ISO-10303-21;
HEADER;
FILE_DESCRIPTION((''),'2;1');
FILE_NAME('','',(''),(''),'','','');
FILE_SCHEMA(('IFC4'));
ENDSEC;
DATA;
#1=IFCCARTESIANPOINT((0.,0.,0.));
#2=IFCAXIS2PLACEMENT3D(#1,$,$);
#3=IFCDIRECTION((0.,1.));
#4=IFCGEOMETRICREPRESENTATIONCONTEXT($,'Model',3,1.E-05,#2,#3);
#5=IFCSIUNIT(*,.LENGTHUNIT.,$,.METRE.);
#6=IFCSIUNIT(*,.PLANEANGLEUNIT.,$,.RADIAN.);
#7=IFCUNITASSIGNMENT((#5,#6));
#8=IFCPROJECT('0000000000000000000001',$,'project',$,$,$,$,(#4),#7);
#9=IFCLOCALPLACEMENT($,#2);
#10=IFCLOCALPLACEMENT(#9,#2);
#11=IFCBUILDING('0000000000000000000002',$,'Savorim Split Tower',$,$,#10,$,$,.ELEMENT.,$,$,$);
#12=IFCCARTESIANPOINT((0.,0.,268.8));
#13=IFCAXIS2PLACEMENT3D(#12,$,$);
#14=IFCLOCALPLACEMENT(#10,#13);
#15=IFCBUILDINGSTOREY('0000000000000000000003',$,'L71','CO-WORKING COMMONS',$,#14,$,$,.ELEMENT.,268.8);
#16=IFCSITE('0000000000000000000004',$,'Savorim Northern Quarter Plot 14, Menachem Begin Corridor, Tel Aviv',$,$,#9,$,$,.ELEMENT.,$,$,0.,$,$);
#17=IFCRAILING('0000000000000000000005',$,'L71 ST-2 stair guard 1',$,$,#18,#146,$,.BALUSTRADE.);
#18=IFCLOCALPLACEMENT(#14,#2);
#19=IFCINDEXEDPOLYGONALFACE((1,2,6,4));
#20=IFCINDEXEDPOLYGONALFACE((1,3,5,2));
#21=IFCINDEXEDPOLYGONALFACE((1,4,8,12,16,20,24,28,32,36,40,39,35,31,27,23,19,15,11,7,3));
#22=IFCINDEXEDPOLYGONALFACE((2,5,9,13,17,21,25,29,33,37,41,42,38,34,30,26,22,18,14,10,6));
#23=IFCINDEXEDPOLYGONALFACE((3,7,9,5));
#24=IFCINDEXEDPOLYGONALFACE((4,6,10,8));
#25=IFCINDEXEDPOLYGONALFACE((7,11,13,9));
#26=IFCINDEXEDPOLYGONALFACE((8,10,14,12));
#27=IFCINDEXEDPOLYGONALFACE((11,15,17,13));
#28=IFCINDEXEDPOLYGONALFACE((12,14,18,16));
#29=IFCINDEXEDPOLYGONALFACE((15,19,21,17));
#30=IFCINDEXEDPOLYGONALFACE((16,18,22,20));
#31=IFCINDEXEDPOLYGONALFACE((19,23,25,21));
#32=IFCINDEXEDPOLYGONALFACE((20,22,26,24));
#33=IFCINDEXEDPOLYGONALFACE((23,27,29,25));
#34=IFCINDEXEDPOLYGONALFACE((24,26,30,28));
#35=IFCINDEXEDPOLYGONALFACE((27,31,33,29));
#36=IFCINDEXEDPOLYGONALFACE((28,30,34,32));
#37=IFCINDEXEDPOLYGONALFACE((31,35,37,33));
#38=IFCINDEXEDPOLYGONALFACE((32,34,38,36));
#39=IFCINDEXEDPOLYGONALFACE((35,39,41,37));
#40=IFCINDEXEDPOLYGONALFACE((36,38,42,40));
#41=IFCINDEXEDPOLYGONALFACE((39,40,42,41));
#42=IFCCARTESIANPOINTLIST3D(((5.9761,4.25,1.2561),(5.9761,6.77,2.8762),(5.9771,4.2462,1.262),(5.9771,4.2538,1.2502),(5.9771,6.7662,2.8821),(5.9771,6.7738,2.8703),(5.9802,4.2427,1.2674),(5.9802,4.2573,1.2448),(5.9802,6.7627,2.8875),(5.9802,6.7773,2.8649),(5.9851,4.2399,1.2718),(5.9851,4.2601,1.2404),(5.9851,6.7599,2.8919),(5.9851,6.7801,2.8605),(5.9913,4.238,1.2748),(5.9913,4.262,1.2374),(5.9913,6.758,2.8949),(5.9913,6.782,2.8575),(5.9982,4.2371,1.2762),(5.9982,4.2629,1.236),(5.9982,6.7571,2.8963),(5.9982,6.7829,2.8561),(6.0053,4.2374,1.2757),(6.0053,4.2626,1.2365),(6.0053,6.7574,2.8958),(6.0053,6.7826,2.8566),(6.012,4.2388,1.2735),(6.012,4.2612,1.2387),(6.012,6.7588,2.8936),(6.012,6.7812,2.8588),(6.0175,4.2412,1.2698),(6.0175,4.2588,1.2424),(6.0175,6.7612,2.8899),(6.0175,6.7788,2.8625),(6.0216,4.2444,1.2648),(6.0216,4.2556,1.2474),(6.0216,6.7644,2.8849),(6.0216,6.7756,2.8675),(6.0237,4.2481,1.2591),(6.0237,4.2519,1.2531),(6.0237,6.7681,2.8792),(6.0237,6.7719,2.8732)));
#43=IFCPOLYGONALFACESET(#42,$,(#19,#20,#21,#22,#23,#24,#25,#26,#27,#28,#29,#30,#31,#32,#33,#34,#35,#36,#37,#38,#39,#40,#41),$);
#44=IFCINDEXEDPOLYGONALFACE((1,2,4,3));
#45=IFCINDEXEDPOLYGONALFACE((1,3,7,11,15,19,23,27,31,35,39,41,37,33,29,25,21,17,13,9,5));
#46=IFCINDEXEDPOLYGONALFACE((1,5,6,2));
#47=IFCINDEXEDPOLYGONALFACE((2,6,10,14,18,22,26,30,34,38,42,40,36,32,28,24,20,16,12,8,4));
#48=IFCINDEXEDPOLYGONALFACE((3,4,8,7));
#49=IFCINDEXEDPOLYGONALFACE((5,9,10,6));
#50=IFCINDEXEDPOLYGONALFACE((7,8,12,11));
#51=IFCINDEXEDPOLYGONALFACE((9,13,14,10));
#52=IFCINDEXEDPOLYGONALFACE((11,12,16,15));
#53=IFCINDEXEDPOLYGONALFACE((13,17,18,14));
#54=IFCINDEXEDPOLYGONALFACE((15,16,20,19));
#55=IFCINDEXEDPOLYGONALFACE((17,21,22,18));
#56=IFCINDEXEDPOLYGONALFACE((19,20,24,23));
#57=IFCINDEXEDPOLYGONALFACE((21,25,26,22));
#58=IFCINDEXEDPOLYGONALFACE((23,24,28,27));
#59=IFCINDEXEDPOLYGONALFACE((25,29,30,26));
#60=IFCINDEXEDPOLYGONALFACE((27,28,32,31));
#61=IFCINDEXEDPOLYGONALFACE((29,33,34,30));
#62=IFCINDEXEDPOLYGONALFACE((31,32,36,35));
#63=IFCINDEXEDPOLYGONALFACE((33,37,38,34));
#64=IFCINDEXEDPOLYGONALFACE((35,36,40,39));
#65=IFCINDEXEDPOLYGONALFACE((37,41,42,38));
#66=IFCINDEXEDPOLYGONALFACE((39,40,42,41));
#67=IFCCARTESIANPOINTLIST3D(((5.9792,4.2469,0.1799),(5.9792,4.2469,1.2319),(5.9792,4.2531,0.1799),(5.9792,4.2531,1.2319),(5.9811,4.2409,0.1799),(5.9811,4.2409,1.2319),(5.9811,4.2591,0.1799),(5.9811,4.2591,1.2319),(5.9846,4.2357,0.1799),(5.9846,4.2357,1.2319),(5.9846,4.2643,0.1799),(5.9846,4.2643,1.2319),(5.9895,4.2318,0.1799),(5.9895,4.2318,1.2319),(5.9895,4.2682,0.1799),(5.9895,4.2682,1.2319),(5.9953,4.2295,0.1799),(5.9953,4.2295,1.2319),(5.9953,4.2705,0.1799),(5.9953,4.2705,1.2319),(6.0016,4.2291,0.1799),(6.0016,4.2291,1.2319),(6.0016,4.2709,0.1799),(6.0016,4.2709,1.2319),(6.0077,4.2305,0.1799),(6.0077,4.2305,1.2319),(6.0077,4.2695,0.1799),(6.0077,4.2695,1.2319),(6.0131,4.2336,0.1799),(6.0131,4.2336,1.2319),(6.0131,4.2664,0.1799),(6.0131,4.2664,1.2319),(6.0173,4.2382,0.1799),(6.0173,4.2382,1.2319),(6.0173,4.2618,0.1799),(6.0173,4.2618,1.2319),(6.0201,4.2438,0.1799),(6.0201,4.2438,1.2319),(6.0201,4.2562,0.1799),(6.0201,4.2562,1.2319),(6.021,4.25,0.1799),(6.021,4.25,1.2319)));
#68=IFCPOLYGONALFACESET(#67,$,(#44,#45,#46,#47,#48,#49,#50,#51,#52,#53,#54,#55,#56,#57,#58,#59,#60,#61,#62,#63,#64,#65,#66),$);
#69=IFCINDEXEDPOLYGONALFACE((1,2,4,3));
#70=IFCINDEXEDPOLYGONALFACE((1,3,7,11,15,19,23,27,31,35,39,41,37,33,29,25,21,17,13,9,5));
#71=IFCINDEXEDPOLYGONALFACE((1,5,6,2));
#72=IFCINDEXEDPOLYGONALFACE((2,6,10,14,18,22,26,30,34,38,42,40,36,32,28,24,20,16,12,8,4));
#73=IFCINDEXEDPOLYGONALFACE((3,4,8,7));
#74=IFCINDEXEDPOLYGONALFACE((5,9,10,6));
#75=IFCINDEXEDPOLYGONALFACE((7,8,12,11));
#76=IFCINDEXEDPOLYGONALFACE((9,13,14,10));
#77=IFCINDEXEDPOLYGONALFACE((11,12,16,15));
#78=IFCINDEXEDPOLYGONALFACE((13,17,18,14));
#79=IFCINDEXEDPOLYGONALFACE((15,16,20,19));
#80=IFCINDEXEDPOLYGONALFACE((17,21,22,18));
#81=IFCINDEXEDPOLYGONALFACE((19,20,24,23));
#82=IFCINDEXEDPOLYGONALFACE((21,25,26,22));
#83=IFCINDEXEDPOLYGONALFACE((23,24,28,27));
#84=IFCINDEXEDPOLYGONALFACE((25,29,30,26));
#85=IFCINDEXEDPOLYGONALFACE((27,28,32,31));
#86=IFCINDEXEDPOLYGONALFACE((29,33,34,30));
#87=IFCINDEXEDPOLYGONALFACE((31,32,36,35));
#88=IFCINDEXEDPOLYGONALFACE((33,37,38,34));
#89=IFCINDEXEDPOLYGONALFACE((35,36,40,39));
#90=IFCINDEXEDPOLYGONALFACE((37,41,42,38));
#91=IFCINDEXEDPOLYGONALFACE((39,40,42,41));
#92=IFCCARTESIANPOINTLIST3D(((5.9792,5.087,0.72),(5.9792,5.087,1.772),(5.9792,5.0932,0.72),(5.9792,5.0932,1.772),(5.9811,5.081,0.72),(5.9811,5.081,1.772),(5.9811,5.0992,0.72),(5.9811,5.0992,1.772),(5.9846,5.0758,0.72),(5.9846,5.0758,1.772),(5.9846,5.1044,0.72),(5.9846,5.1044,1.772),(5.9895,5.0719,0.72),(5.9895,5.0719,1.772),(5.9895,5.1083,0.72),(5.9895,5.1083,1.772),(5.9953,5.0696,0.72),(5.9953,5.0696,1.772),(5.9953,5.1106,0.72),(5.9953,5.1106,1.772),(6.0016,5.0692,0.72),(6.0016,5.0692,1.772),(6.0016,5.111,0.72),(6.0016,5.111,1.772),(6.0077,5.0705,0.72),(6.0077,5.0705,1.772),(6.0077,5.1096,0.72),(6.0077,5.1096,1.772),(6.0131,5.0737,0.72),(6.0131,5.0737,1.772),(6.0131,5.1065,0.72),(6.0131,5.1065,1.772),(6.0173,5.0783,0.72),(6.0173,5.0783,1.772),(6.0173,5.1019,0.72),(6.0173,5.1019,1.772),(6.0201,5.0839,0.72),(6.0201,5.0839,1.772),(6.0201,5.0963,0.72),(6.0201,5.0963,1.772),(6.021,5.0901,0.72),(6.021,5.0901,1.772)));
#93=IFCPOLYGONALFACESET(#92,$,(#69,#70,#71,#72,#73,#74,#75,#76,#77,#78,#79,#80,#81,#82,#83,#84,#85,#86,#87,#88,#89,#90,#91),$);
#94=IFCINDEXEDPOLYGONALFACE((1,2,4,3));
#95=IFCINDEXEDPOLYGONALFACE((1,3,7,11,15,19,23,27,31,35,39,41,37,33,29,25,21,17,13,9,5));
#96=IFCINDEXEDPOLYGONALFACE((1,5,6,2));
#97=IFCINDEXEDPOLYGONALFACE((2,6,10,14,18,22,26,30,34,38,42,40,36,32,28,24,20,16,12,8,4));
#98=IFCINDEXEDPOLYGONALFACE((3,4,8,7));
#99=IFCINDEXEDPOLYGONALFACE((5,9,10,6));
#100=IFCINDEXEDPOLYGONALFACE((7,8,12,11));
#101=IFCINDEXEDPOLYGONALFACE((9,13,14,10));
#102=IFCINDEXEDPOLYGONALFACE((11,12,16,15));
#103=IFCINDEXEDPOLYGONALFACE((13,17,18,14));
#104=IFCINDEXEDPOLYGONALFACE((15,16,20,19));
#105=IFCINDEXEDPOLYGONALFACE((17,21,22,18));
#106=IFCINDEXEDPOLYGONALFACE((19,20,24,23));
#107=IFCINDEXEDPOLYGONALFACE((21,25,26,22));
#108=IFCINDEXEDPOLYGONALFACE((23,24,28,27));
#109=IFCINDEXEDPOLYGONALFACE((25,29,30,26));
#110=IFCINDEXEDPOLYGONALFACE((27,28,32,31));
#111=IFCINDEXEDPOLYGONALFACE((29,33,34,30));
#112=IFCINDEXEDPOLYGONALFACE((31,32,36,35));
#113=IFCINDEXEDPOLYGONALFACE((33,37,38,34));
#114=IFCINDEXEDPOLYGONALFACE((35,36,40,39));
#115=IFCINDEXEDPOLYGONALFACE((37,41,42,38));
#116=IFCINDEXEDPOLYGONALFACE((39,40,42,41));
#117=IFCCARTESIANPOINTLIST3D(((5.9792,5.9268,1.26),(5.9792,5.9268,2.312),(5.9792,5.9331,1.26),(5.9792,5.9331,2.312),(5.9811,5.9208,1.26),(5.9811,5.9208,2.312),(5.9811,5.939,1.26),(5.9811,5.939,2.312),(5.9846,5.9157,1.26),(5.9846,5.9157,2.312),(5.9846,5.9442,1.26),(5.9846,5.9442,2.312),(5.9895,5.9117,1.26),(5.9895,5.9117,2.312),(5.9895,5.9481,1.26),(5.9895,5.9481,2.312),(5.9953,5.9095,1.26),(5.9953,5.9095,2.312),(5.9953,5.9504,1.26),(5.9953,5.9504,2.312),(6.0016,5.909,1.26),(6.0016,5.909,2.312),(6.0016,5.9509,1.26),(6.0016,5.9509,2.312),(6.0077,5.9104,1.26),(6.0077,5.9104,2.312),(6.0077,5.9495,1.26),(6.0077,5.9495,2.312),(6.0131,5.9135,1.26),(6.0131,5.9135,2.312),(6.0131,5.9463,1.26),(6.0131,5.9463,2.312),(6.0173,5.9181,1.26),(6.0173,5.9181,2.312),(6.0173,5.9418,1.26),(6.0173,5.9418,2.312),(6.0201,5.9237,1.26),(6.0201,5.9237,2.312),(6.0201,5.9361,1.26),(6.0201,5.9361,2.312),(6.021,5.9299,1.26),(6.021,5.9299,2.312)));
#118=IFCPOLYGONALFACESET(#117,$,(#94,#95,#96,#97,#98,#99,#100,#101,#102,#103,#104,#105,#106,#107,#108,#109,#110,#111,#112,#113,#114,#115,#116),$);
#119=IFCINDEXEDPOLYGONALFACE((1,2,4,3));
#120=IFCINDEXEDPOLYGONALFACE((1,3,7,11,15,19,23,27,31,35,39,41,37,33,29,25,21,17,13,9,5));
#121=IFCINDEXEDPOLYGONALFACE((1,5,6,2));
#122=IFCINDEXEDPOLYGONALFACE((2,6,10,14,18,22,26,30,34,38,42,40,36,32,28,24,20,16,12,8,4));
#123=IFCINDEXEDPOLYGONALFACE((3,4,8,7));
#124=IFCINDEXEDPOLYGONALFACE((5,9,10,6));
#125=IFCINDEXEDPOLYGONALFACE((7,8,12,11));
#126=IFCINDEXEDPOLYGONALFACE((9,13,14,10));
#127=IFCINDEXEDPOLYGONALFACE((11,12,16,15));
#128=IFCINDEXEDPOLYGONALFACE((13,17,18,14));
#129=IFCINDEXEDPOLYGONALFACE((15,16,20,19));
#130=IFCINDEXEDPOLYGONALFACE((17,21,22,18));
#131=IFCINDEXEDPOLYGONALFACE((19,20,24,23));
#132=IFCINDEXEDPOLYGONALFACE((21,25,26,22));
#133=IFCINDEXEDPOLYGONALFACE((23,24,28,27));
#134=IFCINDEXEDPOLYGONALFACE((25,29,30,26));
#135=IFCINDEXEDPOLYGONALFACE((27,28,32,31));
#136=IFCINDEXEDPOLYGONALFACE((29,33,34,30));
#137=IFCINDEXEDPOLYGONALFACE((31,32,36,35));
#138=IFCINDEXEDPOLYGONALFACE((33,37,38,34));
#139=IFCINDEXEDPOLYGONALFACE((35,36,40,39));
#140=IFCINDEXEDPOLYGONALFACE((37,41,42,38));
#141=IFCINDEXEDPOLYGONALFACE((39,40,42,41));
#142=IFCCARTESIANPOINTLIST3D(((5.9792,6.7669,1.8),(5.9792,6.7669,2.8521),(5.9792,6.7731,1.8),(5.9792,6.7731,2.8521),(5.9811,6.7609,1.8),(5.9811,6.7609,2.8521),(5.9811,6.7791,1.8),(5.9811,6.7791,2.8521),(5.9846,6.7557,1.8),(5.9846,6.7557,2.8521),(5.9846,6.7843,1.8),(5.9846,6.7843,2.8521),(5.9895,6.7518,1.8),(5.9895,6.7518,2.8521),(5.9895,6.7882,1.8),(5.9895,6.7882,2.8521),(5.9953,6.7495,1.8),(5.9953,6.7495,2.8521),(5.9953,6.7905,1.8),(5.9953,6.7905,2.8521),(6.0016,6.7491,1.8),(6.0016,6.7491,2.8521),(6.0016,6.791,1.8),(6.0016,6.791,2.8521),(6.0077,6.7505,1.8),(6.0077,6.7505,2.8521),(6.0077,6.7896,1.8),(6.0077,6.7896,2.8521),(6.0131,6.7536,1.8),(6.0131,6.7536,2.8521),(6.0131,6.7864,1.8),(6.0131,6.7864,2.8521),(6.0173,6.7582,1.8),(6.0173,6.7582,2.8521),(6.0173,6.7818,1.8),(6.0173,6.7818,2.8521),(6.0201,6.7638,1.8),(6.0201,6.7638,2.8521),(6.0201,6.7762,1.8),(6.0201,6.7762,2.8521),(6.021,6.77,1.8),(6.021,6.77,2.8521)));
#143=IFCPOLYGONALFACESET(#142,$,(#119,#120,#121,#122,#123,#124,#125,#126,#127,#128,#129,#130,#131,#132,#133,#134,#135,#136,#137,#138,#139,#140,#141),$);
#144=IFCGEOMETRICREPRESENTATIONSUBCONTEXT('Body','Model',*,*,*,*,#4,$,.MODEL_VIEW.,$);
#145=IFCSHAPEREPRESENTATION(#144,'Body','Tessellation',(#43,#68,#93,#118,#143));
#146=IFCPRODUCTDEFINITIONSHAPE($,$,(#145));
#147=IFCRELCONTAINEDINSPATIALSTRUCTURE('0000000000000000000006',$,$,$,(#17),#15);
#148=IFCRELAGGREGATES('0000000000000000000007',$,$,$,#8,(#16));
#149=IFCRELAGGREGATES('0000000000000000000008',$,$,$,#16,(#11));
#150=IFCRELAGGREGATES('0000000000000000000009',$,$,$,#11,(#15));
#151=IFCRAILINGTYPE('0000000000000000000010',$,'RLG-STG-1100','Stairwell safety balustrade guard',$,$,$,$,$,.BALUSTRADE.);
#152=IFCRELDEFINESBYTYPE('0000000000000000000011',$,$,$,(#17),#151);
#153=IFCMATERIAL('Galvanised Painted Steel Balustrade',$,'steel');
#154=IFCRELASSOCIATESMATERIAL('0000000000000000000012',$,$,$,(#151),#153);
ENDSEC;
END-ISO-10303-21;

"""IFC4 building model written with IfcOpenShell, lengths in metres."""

from ifc_helpers import new_model, si_unit, direction, frame, origin, origin_2d, place, context, subcontext, project, spatial, circle, extrude, material, type_object, element, save


model = new_model("IFC4")

# Units and contexts
model_context = context("Model", 3, precision=1e-05, world=origin(), true_north=direction((0.0, 1.0)))
body_context = subcontext(model_context, "Body", "Model", "MODEL_VIEW")
ifc_project = project(units=[si_unit("LENGTHUNIT", "METRE"), si_unit("PLANEANGLEUNIT", "RADIAN")], contexts=[model_context])

# Site, building, storey
site_placement = place(None, origin())
site = spatial("IfcSite", under=ifc_project, at=site_placement, Name="Savorim Northern Quarter Plot 14, Menachem Begin Corridor, Tel Aviv", CompositionType="ELEMENT", RefElevation=0.0)
building_placement = place(site_placement, origin())
building = spatial("IfcBuilding", under=site, at=building_placement, Name="Savorim Split Tower", CompositionType="ELEMENT")
storey_placement = place(building_placement, frame((0.0, 0.0, 268.8)))
storey = spatial("IfcBuildingStorey", under=building, at=storey_placement, Name="L71", Description="CO-WORKING COMMONS", CompositionType="ELEMENT", Elevation=268.8)

# Railing
ifc_material_1 = material(Name="Galvanised Painted Steel Balustrade", Category="steel")
railing_type_1 = type_object("IfcRailingType", Name="RLG-STG-1100", Description="Stairwell safety balustrade guard", PredefinedType="BALUSTRADE", material=ifc_material_1)
railing_1_placement = place(storey_placement, frame((6.0, 4.25, 0.1799)))
element("IfcRailing", 1, at=railing_1_placement, inside=storey, type_object=railing_type_1, Name="L71 ST-2 stair guard 1", PredefinedType="BALUSTRADE", context=body_context, shape_type="SweptSolid", body=[
    extrude(circle(Radius=0.0239, at=origin_2d()), frame((0.0, 0.0, 1.0762), z_axis=(0.0, 0.841163, 0.540782), x_axis=(-1.0, 0.0, 0.0)), (0.0, 0.0, 1.0), 2.9958),
    extrude(circle(Radius=0.021, at=origin_2d()), origin(), (0.0, 0.0, 1.0), 1.052),
    extrude(circle(Radius=0.021, at=origin_2d()), frame((0.0, 0.8401, 0.54)), (0.0, 0.0, 1.0), 1.052),
    extrude(circle(Radius=0.021, at=origin_2d()), frame((0.0, 1.6799, 1.0801)), (0.0, 0.0, 1.0), 1.052),
    extrude(circle(Radius=0.021, at=origin_2d()), frame((0.0, 2.52, 1.6201)), (0.0, 0.0, 1.0), 1.052),
])

save(model, "model.ifc")
